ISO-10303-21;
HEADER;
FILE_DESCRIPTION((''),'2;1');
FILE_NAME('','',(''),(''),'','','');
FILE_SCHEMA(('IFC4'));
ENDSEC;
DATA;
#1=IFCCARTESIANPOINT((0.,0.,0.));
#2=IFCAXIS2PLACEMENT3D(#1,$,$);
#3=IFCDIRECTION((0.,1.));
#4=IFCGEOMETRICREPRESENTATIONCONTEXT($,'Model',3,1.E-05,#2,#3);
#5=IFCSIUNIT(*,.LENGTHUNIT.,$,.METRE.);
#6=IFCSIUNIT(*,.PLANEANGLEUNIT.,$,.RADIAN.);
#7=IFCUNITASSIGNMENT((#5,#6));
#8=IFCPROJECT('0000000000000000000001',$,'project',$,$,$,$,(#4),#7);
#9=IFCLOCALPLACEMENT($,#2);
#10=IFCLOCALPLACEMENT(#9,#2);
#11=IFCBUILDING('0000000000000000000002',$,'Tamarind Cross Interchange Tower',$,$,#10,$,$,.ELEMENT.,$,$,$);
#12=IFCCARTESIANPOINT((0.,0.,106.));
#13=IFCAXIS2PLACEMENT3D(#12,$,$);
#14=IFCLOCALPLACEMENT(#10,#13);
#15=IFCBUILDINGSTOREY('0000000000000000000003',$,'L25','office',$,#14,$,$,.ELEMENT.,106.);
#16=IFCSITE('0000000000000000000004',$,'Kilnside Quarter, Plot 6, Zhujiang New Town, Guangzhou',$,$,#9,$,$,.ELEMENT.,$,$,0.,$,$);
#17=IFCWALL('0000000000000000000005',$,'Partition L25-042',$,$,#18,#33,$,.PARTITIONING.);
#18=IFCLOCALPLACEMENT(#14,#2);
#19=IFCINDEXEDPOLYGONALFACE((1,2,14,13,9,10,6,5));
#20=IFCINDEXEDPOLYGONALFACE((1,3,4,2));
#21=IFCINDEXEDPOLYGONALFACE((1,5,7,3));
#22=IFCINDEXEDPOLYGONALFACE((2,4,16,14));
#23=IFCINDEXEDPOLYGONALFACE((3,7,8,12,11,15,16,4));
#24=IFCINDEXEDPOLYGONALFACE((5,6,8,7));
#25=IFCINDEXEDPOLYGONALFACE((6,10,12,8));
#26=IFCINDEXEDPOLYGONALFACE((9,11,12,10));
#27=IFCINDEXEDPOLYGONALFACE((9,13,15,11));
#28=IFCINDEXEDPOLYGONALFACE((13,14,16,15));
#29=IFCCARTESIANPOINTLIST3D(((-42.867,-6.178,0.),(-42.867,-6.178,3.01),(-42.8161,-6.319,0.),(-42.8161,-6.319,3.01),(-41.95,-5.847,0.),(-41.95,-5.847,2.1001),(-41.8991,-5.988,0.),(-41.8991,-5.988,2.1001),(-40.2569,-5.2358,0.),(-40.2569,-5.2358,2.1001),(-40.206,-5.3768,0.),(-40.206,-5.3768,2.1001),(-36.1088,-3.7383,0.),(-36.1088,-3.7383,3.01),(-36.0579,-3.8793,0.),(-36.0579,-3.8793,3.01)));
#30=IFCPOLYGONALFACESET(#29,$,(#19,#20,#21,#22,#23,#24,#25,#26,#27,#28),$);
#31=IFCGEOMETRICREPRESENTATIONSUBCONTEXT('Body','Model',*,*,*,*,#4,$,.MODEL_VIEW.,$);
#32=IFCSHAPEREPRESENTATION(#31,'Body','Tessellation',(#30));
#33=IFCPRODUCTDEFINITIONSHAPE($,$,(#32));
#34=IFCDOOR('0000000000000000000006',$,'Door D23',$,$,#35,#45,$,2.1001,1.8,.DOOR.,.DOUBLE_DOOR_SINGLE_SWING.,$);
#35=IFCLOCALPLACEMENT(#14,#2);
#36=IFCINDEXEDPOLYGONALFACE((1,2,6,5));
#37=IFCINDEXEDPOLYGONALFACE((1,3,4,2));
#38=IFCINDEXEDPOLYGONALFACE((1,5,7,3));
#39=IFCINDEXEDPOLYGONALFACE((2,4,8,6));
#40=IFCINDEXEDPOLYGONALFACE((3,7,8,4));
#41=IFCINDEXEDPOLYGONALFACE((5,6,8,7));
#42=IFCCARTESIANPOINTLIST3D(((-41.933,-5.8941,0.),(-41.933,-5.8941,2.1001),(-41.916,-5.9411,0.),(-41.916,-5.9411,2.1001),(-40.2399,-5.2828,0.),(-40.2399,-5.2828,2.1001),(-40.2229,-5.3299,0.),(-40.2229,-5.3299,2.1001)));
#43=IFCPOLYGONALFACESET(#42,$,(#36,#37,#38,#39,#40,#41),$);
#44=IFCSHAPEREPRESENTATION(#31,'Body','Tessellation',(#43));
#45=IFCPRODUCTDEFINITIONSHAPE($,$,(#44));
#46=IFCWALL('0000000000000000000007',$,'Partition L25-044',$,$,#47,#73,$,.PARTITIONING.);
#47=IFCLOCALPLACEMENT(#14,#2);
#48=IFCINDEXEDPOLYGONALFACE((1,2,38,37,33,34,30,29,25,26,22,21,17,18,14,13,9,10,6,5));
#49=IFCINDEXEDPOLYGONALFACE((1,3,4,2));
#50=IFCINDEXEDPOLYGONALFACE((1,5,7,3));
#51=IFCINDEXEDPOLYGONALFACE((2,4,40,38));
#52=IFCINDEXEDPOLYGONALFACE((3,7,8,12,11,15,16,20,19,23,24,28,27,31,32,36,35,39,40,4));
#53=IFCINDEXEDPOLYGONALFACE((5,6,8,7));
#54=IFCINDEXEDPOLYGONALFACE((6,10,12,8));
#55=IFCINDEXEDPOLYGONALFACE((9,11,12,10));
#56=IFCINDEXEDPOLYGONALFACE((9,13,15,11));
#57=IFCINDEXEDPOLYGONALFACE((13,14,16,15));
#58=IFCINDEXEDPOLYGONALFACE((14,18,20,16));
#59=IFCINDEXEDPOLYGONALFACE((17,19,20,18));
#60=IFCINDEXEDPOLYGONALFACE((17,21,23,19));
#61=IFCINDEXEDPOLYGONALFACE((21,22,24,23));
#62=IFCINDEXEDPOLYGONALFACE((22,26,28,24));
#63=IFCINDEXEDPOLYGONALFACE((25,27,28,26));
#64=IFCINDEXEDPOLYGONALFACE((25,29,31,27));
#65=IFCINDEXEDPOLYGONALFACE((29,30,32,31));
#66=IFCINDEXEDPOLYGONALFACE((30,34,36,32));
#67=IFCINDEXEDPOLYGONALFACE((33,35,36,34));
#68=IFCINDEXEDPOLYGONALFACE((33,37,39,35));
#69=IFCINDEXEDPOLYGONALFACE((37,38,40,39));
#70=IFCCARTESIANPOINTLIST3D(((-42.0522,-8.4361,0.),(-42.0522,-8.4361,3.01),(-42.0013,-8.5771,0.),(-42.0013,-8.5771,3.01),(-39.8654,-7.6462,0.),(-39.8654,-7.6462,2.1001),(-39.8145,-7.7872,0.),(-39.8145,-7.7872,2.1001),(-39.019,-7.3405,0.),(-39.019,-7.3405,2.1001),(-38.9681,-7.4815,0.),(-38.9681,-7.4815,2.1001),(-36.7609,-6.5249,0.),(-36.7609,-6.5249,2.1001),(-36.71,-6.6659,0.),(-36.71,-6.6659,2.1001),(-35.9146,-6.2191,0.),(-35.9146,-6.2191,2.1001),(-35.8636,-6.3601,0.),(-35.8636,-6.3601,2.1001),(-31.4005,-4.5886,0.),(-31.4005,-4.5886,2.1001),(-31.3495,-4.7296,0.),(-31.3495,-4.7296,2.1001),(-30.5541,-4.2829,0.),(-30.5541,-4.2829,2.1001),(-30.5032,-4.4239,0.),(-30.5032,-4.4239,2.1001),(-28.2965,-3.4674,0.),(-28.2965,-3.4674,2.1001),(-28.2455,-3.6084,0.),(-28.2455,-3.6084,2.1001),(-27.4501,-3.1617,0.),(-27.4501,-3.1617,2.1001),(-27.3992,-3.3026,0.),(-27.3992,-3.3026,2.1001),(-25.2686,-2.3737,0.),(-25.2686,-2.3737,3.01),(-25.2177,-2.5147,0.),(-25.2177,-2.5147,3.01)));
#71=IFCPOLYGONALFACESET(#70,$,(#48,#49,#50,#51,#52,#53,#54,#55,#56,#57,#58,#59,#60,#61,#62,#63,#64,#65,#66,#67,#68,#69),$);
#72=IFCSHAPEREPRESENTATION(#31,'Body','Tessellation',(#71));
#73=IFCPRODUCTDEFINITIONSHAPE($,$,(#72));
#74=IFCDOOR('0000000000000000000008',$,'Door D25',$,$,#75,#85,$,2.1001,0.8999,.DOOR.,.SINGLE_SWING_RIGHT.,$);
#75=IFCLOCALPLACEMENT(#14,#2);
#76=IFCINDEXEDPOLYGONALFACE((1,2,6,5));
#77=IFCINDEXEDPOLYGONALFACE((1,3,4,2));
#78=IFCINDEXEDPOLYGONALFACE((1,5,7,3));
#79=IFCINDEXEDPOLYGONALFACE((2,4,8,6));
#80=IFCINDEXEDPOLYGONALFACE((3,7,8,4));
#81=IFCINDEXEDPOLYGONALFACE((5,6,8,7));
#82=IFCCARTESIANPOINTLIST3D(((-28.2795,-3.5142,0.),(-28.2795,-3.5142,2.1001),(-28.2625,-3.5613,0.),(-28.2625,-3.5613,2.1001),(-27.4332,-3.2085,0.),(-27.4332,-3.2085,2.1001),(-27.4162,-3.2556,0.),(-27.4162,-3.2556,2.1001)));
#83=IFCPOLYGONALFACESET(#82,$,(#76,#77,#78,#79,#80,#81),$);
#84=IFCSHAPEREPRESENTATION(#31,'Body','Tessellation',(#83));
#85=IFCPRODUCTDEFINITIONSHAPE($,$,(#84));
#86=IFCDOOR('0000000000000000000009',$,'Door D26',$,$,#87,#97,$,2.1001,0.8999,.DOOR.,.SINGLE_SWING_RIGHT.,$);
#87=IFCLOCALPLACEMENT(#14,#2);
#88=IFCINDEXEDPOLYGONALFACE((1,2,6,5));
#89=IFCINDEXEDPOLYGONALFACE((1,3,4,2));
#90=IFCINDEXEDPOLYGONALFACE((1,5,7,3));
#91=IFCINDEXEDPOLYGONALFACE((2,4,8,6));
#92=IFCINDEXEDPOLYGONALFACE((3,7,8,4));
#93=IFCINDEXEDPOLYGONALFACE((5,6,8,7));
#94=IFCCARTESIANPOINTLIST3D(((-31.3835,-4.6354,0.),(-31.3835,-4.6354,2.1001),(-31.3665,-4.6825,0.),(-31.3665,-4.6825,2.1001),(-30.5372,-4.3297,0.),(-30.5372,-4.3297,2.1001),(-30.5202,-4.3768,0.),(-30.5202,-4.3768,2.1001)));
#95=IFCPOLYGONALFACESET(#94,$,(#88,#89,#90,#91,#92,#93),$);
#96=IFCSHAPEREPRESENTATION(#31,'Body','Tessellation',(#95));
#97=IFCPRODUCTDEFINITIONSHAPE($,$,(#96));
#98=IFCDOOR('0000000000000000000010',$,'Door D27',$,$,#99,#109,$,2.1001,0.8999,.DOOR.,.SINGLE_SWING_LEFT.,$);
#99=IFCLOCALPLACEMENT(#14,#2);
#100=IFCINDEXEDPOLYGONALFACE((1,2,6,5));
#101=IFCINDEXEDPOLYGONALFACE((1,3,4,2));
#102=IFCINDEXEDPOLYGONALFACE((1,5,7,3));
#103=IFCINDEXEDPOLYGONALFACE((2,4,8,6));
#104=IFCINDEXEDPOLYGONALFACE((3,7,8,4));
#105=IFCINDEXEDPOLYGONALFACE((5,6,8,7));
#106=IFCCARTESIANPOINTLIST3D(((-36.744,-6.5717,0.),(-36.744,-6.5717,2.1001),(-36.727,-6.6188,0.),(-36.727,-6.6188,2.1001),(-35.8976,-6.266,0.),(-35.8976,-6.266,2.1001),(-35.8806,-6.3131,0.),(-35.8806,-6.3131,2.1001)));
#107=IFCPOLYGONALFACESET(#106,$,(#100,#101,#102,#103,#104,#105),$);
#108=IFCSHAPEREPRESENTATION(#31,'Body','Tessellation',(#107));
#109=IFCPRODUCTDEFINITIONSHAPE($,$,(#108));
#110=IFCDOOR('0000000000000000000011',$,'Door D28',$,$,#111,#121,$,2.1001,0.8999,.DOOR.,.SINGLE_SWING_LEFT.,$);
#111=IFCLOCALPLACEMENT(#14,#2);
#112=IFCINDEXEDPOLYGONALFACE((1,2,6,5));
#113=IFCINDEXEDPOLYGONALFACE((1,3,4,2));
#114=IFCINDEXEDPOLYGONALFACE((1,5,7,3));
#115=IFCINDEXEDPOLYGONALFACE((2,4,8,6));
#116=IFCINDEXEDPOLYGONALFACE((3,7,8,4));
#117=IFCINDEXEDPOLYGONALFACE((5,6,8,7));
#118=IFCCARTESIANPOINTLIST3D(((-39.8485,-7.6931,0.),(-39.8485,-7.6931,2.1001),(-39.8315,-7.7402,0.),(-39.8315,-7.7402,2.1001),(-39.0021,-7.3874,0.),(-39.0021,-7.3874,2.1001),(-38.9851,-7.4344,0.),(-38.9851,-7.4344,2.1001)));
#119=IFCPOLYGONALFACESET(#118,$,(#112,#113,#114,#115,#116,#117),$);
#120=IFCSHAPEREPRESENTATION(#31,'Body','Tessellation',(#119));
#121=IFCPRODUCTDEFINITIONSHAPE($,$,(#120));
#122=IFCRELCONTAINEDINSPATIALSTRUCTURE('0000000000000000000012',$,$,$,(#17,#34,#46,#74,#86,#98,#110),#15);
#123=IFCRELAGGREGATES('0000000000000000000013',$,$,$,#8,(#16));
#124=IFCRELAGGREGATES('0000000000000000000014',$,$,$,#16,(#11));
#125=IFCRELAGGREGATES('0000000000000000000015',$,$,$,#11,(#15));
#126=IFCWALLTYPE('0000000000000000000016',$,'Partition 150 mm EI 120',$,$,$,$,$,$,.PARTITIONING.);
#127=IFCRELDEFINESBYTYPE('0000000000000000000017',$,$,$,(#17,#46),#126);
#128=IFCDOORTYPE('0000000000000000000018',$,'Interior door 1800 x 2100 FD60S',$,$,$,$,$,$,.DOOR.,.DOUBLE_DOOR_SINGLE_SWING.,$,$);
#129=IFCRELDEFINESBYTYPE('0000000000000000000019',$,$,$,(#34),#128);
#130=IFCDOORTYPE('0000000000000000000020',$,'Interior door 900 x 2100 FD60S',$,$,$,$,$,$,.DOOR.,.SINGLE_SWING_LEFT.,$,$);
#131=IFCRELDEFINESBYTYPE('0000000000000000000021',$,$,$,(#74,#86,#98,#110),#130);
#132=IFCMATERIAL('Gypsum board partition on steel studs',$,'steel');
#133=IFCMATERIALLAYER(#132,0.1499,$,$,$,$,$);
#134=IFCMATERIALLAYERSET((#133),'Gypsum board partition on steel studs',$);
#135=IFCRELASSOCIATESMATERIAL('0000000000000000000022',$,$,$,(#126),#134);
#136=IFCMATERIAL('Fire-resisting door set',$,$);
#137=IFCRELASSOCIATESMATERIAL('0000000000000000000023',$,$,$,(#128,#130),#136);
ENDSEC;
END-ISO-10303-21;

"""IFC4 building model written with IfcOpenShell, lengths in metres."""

from ifc_helpers import new_model, si_unit, direction, frame, frame_2d, origin, place, context, subcontext, project, spatial, rectangle, extrude, material, layer, layer_set, type_object, element, fill, save


model = new_model("IFC4")

# Units and contexts
model_context = context("Model", 3, precision=1e-05, world=origin(), true_north=direction((0.0, 1.0)))
body_context = subcontext(model_context, "Body", "Model", "MODEL_VIEW")
ifc_project = project(units=[si_unit("LENGTHUNIT", "METRE"), si_unit("PLANEANGLEUNIT", "RADIAN")], contexts=[model_context])

# Site, building, storey
site_placement = place(None, origin())
site = spatial("IfcSite", under=ifc_project, at=site_placement, Name="Kilnside Quarter, Plot 6, Zhujiang New Town, Guangzhou", CompositionType="ELEMENT", RefElevation=0.0)
building_placement = place(site_placement, origin())
building = spatial("IfcBuilding", under=site, at=building_placement, Name="Tamarind Cross Interchange Tower", CompositionType="ELEMENT")
storey_placement = place(building_placement, frame((0.0, 0.0, 106.0)))
storey = spatial("IfcBuildingStorey", under=building, at=storey_placement, Name="L25", Description="office", CompositionType="ELEMENT", Elevation=106.0)

# Wall, opening, door
ifc_material_1 = material(Name="Gypsum board partition on steel studs", Category="steel")
ifc_layer_1 = layer(ifc_material_1, 0.1499)
ifc_layer_set_1 = layer_set([ifc_layer_1], Name="Gypsum board partition on steel studs")
wall_type = type_object("IfcWallType", Name="Partition 150 mm EI 120", PredefinedType="PARTITIONING", material=ifc_layer_set_1)
ifc_material_2 = material(Name="Fire-resisting door set")
door_type_1 = type_object("IfcDoorType", Name="Interior door 1800 x 2100 FD60S", OperationType="DOUBLE_DOOR_SINGLE_SWING", PredefinedType="DOOR", material=ifc_material_2)
wall_1_placement = place(storey_placement, frame((-42.8416, -6.2485, 0.0), z_axis=(0.0, 0.0, 1.0), x_axis=(0.940586, 0.339557, 0.0)))
wall_1 = element("IfcWall", 1, at=wall_1_placement, inside=storey, type_object=wall_type, Name="Partition L25-042", PredefinedType="PARTITIONING", context=body_context, shape_type="SweptSolid", body=[
    extrude(rectangle(XDim=7.1851, YDim=0.1499, at=frame_2d((3.5925, 0.0))), origin(), (0.0, 0.0, 1.0), 3.01),
])
opening_1_placement = place(wall_1_placement, frame((0.9751, 0.0, 0.0)))
opening_1 = element("IfcOpeningElement", 2, at=opening_1_placement, cuts=wall_1, PredefinedType="OPENING", context=body_context, shape_type="SweptSolid", body=[
    extrude(rectangle(XDim=1.8, YDim=2.1001, at=frame_2d((0.8999, 1.05))), frame((0.0, 0.085, 0.0), z_axis=(0.0, -1.0, 0.0), x_axis=(1.0, 0.0, 0.0)), (0.0, 0.0, 1.0), 0.1699),
])
door_1_placement = place(opening_1_placement, origin())
door_1 = element("IfcDoor", 3, at=door_1_placement, inside=storey, type_object=door_type_1, Name="Door D23", OperationType="DOUBLE_DOOR_SINGLE_SWING", OverallHeight=2.1001, OverallWidth=1.8, PredefinedType="DOOR", context=body_context, shape_type="SweptSolid", body=[
    extrude(rectangle(XDim=1.8, YDim=2.1001, at=frame_2d((0.8999, 1.05))), frame((0.0, 0.0249, 0.0), z_axis=(0.0, -1.0, 0.0), x_axis=(1.0, 0.0, 0.0)), (0.0, 0.0, 1.0), 0.05),
])
fill(opening_1, door_1)

# Wall, openings, doors
wall_2_placement = place(storey_placement, frame((-42.0266, -8.5066, 0.0), z_axis=(0.0, 0.0, 1.0), x_axis=(0.940523, 0.33973, 0.0)))
wall_2 = element("IfcWall", 4, at=wall_2_placement, inside=storey, type_object=wall_type, Name="Partition L25-044", PredefinedType="PARTITIONING", context=body_context, shape_type="SweptSolid", body=[
    extrude(rectangle(XDim=17.845, YDim=0.1499, at=frame_2d((8.9224, 0.0))), origin(), (0.0, 0.0, 1.0), 3.01),
])
opening_2_placement = place(wall_2_placement, frame((14.6255, 0.0, 0.0)))
opening_2 = element("IfcOpeningElement", 5, at=opening_2_placement, cuts=wall_2, PredefinedType="OPENING", context=body_context, shape_type="SweptSolid", body=[
    extrude(rectangle(XDim=0.8999, YDim=2.1001, at=frame_2d((0.45, 1.05))), frame((0.0, 0.085, 0.0), z_axis=(0.0, -1.0, 0.0), x_axis=(1.0, 0.0, 0.0)), (0.0, 0.0, 1.0), 0.1699),
])
opening_3_placement = place(wall_2_placement, frame((11.3252, 0.0, 0.0)))
opening_3 = element("IfcOpeningElement", 6, at=opening_3_placement, cuts=wall_2, PredefinedType="OPENING", context=body_context, shape_type="SweptSolid", body=[
    extrude(rectangle(XDim=0.8999, YDim=2.1001, at=frame_2d((0.45, 1.05))), frame((0.0, 0.085, 0.0), z_axis=(0.0, -1.0, 0.0), x_axis=(1.0, 0.0, 0.0)), (0.0, 0.0, 1.0), 0.1699),
])
opening_4_placement = place(wall_2_placement, frame((5.6257, 0.0, 0.0)))
opening_4 = element("IfcOpeningElement", 7, at=opening_4_placement, cuts=wall_2, PredefinedType="OPENING", context=body_context, shape_type="SweptSolid", body=[
    extrude(rectangle(XDim=0.8999, YDim=2.1001, at=frame_2d((0.45, 1.05))), frame((0.0, 0.085, 0.0), z_axis=(0.0, -1.0, 0.0), x_axis=(1.0, 0.0, 0.0)), (0.0, 0.0, 1.0), 0.1699),
])
opening_5_placement = place(wall_2_placement, frame((2.325, 0.0, 0.0)))
opening_5 = element("IfcOpeningElement", 8, at=opening_5_placement, cuts=wall_2, PredefinedType="OPENING", context=body_context, shape_type="SweptSolid", body=[
    extrude(rectangle(XDim=0.8999, YDim=2.1001, at=frame_2d((0.45, 1.05))), frame((0.0, 0.085, 0.0), z_axis=(0.0, -1.0, 0.0), x_axis=(1.0, 0.0, 0.0)), (0.0, 0.0, 1.0), 0.1699),
])
door_type_2 = type_object("IfcDoorType", Name="Interior door 900 x 2100 FD60S", OperationType="SINGLE_SWING_LEFT", PredefinedType="DOOR", material=ifc_material_2)
door_2_placement = place(opening_2_placement, frame((0.8999, 0.0, 0.0), z_axis=(0.0, 0.0, 1.0), x_axis=(-1.0, 0.0, 0.0)))
door_2 = element("IfcDoor", 9, at=door_2_placement, inside=storey, type_object=door_type_2, Name="Door D25", OperationType="SINGLE_SWING_RIGHT", OverallHeight=2.1001, OverallWidth=0.8999, PredefinedType="DOOR", context=body_context, shape_type="SweptSolid", body=[
    extrude(rectangle(XDim=0.8999, YDim=2.1001, at=frame_2d((0.45, 1.05))), frame((0.0, 0.0249, 0.0), z_axis=(0.0, -1.0, 0.0), x_axis=(1.0, 0.0, 0.0)), (0.0, 0.0, 1.0), 0.05),
])
fill(opening_2, door_2)
door_3_placement = place(opening_3_placement, frame((0.8999, 0.0, 0.0), z_axis=(0.0, 0.0, 1.0), x_axis=(-1.0, 0.0, 0.0)))
door_3 = element("IfcDoor", 10, at=door_3_placement, inside=storey, type_object=door_type_2, Name="Door D26", OperationType="SINGLE_SWING_RIGHT", OverallHeight=2.1001, OverallWidth=0.8999, PredefinedType="DOOR", context=body_context, shape_type="SweptSolid", body=[
    extrude(rectangle(XDim=0.8999, YDim=2.1001, at=frame_2d((0.45, 1.05))), frame((0.0, 0.0249, 0.0), z_axis=(0.0, -1.0, 0.0), x_axis=(1.0, 0.0, 0.0)), (0.0, 0.0, 1.0), 0.05),
])
fill(opening_3, door_3)
door_4_placement = place(opening_4_placement, frame((0.8999, 0.0, 0.0), z_axis=(0.0, 0.0, 1.0), x_axis=(-1.0, 0.0, 0.0)))
door_4 = element("IfcDoor", 11, at=door_4_placement, inside=storey, type_object=door_type_2, Name="Door D27", OperationType="SINGLE_SWING_LEFT", OverallHeight=2.1001, OverallWidth=0.8999, PredefinedType="DOOR", context=body_context, shape_type="SweptSolid", body=[
    extrude(rectangle(XDim=0.8999, YDim=2.1001, at=frame_2d((0.45, 1.05))), frame((0.0, 0.0249, 0.0), z_axis=(0.0, -1.0, 0.0), x_axis=(1.0, 0.0, 0.0)), (0.0, 0.0, 1.0), 0.05),
])
fill(opening_4, door_4)
door_5_placement = place(opening_5_placement, frame((0.8999, 0.0, 0.0), z_axis=(0.0, 0.0, 1.0), x_axis=(-1.0, 0.0, 0.0)))
door_5 = element("IfcDoor", 12, at=door_5_placement, inside=storey, type_object=door_type_2, Name="Door D28", OperationType="SINGLE_SWING_LEFT", OverallHeight=2.1001, OverallWidth=0.8999, PredefinedType="DOOR", context=body_context, shape_type="SweptSolid", body=[
    extrude(rectangle(XDim=0.8999, YDim=2.1001, at=frame_2d((0.45, 1.05))), frame((0.0, 0.0249, 0.0), z_axis=(0.0, -1.0, 0.0), x_axis=(1.0, 0.0, 0.0)), (0.0, 0.0, 1.0), 0.05),
])
fill(opening_5, door_5)

save(model, "model.ifc")
